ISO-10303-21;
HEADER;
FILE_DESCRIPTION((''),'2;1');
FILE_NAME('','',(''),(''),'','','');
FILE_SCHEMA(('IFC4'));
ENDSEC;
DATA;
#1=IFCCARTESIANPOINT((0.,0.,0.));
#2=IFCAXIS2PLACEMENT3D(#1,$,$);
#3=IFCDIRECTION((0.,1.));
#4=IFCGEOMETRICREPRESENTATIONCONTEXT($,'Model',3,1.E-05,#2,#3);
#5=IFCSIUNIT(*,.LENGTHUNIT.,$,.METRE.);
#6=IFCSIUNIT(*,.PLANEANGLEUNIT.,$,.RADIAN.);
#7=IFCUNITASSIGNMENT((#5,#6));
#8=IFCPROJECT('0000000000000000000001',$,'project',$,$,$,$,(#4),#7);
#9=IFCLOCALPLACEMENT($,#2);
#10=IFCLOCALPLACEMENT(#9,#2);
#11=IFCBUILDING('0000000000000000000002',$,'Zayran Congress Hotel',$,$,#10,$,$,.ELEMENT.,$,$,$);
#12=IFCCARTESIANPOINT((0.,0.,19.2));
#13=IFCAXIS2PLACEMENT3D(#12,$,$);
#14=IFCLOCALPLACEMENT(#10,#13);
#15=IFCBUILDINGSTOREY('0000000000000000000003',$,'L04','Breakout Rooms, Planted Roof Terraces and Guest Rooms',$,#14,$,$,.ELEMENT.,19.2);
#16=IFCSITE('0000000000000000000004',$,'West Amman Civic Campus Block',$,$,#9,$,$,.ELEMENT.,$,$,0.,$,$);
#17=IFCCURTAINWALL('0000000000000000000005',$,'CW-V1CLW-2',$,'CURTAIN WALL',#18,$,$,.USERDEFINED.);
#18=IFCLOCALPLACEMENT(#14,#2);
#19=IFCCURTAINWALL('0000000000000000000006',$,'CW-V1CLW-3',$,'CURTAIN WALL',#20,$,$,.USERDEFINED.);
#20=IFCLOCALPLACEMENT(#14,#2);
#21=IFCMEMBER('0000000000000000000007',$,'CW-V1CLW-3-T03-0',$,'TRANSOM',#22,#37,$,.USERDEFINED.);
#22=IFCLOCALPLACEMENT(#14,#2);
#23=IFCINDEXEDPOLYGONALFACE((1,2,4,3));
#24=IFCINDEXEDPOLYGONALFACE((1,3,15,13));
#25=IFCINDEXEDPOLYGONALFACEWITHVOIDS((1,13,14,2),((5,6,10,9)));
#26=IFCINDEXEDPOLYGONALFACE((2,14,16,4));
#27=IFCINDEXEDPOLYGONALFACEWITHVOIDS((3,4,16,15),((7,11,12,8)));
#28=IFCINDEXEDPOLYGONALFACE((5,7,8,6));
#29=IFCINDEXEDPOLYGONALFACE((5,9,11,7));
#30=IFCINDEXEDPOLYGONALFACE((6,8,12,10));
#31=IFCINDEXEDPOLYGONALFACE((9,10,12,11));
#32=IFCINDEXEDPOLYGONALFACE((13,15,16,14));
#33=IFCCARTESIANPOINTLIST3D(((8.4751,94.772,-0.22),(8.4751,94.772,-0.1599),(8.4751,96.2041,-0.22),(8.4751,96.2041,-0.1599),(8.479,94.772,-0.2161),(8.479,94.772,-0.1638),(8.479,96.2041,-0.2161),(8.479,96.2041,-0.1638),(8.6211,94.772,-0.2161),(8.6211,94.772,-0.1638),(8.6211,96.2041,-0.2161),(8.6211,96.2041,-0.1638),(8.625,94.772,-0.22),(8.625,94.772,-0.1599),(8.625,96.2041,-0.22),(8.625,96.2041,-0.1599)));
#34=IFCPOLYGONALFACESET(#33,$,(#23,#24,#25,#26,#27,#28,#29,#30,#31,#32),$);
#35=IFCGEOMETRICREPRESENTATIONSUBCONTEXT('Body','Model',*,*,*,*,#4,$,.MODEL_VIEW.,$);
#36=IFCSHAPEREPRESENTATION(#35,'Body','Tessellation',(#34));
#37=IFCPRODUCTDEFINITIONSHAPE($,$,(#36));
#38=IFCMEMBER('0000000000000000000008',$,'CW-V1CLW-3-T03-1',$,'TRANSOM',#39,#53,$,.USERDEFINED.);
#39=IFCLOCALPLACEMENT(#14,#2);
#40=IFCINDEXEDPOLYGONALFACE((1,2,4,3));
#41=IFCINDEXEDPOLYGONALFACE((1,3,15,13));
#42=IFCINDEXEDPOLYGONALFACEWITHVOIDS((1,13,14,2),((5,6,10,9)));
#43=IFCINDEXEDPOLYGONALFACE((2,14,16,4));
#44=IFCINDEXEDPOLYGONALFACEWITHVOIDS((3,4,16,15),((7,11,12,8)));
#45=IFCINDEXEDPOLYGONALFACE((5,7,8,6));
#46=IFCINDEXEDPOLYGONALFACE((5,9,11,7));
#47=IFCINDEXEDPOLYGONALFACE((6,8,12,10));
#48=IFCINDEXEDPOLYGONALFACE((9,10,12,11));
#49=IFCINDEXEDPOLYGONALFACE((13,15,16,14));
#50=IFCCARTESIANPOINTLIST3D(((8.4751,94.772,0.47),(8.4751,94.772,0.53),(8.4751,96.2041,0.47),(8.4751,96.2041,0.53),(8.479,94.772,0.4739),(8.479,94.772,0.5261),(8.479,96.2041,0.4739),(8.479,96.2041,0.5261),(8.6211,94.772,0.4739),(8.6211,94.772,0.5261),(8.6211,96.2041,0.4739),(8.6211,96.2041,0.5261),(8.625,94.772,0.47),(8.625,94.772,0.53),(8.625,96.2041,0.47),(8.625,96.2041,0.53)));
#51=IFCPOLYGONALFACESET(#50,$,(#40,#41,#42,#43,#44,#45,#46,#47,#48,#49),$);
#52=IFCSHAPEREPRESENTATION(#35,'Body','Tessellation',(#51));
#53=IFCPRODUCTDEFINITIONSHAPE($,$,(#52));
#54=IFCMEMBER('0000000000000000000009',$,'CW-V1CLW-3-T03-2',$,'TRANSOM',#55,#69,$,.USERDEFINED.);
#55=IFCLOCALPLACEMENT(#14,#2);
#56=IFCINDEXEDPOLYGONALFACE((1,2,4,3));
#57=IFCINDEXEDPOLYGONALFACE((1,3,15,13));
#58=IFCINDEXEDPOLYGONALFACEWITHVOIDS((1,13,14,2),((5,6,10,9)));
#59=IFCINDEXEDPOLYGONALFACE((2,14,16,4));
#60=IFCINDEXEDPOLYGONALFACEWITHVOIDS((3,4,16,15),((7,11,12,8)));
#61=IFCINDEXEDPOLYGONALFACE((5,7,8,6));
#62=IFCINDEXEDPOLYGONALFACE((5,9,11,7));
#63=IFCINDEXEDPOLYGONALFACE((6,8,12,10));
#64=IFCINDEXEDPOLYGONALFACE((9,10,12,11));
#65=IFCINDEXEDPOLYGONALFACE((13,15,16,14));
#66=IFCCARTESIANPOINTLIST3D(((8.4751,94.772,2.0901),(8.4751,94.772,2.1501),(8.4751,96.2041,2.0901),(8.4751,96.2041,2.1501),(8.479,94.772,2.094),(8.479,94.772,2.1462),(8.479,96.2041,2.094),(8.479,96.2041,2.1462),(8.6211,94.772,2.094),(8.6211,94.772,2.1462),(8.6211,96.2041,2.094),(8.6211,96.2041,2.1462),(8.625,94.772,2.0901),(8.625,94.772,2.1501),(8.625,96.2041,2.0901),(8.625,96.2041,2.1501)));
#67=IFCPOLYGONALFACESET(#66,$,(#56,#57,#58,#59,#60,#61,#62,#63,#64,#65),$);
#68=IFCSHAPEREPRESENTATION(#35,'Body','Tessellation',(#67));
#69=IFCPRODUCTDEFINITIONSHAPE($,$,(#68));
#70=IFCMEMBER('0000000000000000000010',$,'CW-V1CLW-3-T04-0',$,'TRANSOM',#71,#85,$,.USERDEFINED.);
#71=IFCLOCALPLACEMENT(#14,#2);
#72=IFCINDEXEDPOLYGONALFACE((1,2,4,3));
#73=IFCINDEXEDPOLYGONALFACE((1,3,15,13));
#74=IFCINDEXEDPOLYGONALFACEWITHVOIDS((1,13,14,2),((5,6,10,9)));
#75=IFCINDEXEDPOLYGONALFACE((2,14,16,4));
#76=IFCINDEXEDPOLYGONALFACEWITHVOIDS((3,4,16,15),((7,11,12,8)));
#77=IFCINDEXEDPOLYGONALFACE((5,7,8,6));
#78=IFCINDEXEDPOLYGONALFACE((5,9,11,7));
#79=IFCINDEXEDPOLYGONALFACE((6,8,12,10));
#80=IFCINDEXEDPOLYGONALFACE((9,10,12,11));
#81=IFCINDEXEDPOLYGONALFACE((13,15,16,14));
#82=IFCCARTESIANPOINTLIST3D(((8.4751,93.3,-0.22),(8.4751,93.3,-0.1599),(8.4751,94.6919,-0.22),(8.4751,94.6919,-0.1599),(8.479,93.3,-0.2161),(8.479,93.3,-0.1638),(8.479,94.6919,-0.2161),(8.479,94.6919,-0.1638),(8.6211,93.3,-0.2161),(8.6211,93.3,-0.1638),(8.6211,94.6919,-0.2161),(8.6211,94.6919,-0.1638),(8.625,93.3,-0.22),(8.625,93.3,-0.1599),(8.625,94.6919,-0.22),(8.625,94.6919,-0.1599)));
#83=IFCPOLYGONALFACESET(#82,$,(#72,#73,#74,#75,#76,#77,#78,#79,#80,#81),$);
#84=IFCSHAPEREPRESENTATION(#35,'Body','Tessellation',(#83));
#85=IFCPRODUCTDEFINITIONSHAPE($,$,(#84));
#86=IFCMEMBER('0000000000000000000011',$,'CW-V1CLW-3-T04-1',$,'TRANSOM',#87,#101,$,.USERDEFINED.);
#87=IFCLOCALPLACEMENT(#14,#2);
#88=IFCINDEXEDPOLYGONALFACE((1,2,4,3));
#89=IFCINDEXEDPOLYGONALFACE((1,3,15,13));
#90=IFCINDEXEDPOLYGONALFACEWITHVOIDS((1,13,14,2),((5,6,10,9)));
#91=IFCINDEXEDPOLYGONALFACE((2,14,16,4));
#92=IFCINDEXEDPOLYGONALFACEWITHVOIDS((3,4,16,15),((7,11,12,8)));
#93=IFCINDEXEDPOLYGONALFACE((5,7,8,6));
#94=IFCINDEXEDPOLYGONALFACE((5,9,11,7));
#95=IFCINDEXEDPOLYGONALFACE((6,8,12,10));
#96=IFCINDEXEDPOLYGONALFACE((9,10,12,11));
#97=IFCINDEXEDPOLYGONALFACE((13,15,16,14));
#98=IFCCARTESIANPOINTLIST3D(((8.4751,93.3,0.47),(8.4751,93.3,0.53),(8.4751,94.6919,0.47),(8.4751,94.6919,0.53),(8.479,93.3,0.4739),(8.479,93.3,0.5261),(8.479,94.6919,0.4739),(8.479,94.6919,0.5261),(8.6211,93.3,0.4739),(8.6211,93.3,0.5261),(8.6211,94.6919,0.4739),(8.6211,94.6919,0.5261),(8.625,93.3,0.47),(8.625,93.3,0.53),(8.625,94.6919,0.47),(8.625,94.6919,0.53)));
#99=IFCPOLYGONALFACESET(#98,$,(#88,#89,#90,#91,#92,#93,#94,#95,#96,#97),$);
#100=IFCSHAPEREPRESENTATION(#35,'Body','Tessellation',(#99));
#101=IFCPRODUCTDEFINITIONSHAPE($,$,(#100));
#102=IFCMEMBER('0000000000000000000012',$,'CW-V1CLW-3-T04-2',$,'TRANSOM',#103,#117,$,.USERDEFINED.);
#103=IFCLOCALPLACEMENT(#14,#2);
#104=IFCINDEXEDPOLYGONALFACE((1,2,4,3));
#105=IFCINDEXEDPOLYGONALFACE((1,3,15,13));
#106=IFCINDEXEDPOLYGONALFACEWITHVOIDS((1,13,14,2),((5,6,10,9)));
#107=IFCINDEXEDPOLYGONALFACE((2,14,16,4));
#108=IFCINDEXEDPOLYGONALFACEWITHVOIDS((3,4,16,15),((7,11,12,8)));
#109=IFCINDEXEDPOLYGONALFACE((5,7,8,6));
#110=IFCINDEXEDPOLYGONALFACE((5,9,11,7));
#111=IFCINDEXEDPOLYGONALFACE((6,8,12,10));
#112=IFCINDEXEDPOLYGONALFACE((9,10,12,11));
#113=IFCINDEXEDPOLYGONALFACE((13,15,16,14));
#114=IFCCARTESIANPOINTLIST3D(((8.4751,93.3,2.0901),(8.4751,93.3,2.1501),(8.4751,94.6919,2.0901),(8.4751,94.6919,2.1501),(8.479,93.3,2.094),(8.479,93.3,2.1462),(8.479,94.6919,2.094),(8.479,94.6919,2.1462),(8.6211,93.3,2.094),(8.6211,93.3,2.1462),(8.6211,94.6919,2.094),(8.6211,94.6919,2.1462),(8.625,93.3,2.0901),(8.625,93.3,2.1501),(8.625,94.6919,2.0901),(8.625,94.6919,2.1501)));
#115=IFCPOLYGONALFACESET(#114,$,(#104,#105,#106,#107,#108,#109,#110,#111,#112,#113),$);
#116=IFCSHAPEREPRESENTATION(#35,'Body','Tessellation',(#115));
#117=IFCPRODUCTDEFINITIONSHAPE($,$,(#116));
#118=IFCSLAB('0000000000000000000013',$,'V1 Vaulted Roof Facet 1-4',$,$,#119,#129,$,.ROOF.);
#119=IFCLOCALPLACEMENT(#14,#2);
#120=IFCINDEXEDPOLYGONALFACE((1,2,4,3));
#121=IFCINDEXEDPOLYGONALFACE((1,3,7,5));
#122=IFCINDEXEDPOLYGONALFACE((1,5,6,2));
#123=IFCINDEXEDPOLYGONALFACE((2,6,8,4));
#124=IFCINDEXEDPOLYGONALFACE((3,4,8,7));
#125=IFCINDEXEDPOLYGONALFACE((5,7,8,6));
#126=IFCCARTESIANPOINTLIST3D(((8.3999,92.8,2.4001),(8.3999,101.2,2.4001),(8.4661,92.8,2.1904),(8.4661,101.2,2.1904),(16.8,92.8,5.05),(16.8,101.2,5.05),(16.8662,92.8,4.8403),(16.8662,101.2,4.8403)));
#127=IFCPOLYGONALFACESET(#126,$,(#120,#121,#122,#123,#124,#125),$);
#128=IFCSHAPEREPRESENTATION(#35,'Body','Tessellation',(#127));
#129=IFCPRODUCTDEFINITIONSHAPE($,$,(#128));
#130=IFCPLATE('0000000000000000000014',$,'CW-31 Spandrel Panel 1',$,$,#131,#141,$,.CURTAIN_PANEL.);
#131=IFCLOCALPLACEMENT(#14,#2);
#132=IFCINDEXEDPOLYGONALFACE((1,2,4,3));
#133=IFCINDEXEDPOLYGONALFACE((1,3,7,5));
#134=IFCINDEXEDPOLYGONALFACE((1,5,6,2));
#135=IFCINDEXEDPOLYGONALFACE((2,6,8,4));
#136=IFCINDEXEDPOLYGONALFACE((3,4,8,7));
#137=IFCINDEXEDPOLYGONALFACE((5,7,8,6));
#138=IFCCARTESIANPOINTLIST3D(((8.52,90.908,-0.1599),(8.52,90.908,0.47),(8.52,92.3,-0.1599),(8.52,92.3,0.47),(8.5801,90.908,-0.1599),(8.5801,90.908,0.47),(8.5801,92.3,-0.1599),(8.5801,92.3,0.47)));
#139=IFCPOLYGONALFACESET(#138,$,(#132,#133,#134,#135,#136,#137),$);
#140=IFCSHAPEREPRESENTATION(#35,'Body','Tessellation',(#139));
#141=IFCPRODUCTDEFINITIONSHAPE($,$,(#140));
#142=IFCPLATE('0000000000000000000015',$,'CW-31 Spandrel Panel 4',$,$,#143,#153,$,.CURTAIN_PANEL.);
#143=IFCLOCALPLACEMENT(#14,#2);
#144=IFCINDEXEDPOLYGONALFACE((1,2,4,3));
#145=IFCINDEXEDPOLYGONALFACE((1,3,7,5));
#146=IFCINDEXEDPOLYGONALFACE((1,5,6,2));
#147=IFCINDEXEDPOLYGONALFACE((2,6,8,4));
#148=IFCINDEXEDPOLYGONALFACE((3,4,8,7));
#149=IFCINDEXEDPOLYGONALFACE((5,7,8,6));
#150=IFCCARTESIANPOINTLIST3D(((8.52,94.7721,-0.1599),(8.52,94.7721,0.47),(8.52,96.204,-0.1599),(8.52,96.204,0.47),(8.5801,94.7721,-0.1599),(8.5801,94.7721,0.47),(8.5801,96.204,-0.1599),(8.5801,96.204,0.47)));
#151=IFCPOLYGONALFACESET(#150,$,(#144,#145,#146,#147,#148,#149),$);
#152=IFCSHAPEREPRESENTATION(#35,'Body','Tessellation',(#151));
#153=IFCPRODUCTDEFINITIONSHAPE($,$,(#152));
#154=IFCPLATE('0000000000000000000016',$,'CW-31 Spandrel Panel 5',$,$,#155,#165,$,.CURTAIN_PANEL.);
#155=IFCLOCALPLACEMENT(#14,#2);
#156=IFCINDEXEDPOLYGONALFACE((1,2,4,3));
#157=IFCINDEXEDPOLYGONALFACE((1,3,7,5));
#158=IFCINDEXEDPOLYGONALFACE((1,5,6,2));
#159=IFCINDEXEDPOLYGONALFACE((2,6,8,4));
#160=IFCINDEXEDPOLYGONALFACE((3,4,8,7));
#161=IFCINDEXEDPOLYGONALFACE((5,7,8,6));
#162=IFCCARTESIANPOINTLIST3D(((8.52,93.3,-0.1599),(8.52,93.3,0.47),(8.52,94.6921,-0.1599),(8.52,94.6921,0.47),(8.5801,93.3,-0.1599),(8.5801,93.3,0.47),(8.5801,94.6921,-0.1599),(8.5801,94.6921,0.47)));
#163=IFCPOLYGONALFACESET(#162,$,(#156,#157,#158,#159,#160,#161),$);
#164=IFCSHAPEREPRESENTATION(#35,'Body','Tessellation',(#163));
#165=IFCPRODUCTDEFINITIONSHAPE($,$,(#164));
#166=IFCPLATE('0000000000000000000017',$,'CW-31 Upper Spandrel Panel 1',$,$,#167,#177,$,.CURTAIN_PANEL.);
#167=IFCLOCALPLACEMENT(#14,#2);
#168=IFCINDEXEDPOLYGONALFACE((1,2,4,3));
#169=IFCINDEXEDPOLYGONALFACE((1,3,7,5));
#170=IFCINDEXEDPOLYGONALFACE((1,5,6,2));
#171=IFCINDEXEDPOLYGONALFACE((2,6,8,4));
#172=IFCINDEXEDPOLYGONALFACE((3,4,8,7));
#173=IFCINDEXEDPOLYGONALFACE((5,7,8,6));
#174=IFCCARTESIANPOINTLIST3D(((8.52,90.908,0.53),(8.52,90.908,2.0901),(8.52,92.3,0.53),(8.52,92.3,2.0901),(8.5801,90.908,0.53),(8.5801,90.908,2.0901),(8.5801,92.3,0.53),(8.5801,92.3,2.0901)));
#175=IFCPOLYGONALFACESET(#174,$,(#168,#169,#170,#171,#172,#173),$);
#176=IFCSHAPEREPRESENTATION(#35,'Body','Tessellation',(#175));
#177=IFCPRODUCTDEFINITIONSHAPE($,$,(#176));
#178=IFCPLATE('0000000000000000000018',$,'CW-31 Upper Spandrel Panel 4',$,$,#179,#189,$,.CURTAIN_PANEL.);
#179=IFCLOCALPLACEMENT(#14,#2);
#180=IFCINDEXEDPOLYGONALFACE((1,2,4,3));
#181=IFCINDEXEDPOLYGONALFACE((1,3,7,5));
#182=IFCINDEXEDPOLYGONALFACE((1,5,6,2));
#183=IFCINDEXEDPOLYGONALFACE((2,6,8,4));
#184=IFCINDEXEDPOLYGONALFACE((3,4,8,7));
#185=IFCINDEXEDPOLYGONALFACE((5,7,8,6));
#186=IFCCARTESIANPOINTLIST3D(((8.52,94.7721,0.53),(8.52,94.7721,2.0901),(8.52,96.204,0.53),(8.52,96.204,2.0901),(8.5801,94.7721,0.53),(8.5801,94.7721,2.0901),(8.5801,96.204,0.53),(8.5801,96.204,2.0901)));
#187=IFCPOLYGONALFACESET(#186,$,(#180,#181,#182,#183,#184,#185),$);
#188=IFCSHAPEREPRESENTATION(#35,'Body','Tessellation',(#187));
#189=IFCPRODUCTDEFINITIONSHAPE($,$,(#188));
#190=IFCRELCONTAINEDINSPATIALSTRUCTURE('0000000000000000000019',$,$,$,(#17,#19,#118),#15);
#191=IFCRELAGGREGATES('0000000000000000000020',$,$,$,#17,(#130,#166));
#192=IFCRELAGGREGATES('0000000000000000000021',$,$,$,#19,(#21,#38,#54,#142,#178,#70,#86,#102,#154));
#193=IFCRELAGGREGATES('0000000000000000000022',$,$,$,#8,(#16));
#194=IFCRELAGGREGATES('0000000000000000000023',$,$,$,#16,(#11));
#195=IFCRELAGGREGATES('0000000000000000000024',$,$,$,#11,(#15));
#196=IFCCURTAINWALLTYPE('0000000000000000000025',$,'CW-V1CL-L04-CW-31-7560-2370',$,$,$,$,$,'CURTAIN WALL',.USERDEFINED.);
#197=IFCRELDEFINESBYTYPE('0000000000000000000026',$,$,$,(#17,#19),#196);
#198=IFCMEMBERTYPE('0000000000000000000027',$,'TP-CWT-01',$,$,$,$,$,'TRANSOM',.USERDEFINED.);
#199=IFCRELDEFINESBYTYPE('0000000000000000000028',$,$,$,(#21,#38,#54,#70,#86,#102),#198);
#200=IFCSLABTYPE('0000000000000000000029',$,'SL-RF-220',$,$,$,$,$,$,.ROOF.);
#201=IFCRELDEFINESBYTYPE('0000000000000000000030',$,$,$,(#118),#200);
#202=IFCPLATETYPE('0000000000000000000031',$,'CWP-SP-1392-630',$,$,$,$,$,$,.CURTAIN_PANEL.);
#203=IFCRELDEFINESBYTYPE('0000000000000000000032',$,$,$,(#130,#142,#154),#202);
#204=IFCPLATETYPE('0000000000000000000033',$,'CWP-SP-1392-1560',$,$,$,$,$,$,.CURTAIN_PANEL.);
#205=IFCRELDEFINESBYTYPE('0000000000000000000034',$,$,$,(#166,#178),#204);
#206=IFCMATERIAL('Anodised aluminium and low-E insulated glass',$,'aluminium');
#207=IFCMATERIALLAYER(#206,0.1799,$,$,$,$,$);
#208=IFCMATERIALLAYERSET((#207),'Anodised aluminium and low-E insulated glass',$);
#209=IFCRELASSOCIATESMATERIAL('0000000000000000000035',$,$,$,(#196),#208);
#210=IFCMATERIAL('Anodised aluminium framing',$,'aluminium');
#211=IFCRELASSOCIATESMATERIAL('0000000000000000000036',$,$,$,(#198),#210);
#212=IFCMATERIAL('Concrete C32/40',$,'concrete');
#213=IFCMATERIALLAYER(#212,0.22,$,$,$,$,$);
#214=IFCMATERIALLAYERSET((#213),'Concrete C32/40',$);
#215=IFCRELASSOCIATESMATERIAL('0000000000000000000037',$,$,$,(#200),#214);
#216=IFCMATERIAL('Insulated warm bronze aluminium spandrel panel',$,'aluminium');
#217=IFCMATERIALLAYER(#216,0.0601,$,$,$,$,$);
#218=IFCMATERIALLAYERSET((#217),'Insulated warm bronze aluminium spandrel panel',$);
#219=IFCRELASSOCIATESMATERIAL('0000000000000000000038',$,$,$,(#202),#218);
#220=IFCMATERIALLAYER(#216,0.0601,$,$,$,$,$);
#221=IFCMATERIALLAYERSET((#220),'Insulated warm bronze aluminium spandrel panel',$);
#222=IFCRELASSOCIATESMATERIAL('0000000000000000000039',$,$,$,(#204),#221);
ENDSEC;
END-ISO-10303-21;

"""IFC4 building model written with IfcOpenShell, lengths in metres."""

from ifc_helpers import new_model, si_unit, direction, frame, origin, origin_2d, place, context, subcontext, project, spatial, polyline, rectangle, hollow_rectangle, outline, extrude, material, layer, layer_set, material_profile, profile_set, type_object, element, aggregate, save


model = new_model("IFC4")

# Units and contexts
model_context = context("Model", 3, precision=1e-05, world=origin(), true_north=direction((0.0, 1.0)))
body_context = subcontext(model_context, "Body", "Model", "MODEL_VIEW")
ifc_project = project(units=[si_unit("LENGTHUNIT", "METRE"), si_unit("PLANEANGLEUNIT", "RADIAN")], contexts=[model_context])

# Site, building, storey
site_placement = place(None, origin())
site = spatial("IfcSite", under=ifc_project, at=site_placement, Name="West Amman Civic Campus Block", CompositionType="ELEMENT", RefElevation=0.0)
building_placement = place(site_placement, origin())
building = spatial("IfcBuilding", under=site, at=building_placement, Name="Zayran Congress Hotel", CompositionType="ELEMENT")
storey_placement = place(building_placement, frame((0.0, 0.0, 19.2)))
storey = spatial("IfcBuildingStorey", under=building, at=storey_placement, Name="L04", Description="Breakout Rooms, Planted Roof Terraces and Guest Rooms", CompositionType="ELEMENT", Elevation=19.2)

# Curtain walls
ifc_material_1 = material(Name="Anodised aluminium and low-E insulated glass", Category="aluminium")
ifc_layer_1 = layer(ifc_material_1, 0.1799)
ifc_layer_set_1 = layer_set([ifc_layer_1], Name="Anodised aluminium and low-E insulated glass")
curtain_wall_type = type_object("IfcCurtainWallType", Name="CW-V1CL-L04-CW-31-7560-2370", ElementType="CURTAIN WALL", PredefinedType="USERDEFINED", material=ifc_layer_set_1)
curtain_wall_1_placement = place(storey_placement, origin())
curtain_wall_1 = element("IfcCurtainWall", 1, at=curtain_wall_1_placement, inside=storey, type_object=curtain_wall_type, Name="CW-V1CLW-2", ObjectType="CURTAIN WALL", PredefinedType="USERDEFINED")
ifc_material_2 = material(Name="Anodised aluminium framing", Category="aluminium")
curtain_wall_2_placement = place(storey_placement, origin())
curtain_wall_2 = element("IfcCurtainWall", 2, at=curtain_wall_2_placement, inside=storey, type_object=curtain_wall_type, Name="CW-V1CLW-3", ObjectType="CURTAIN WALL", PredefinedType="USERDEFINED")

# Members
ifc_material_profile_1 = material_profile(ifc_material_2, hollow_rectangle(XDim=0.0601, YDim=0.1499, WallThickness=0.0039, at=origin_2d()), Name="RHS 150x60x4")
ifc_profile_set_1 = profile_set([ifc_material_profile_1], Name="Anodised aluminium framing")
member_type_1 = type_object("IfcMemberType", Name="TP-CWT-01", ElementType="TRANSOM", PredefinedType="USERDEFINED", material=ifc_profile_set_1)
member_1_placement = place(storey_placement, frame((8.55, 96.2041, -0.1899), z_axis=(0.0, -1.0, 0.0), x_axis=(0.0, 0.0, 1.0)))
member_1 = element("IfcMember", 3, at=member_1_placement, type_object=member_type_1, Name="CW-V1CLW-3-T03-0", ObjectType="TRANSOM", PredefinedType="USERDEFINED", context=body_context, shape_type="SweptSolid", body=[
    extrude(hollow_rectangle(XDim=0.0601, YDim=0.1499, WallThickness=0.0039, at=origin_2d()), origin(), (0.0, 0.0, 1.0), 1.4321),
])
member_2_placement = place(storey_placement, frame((8.55, 96.2041, 0.5), z_axis=(0.0, -1.0, 0.0), x_axis=(0.0, 0.0, 1.0)))
member_2 = element("IfcMember", 4, at=member_2_placement, type_object=member_type_1, Name="CW-V1CLW-3-T03-1", ObjectType="TRANSOM", PredefinedType="USERDEFINED", context=body_context, shape_type="SweptSolid", body=[
    extrude(hollow_rectangle(XDim=0.0601, YDim=0.1499, WallThickness=0.0039, at=origin_2d()), origin(), (0.0, 0.0, 1.0), 1.4321),
])
member_3_placement = place(storey_placement, frame((8.55, 96.2041, 2.1201), z_axis=(0.0, -1.0, 0.0), x_axis=(0.0, 0.0, 1.0)))
member_3 = element("IfcMember", 5, at=member_3_placement, type_object=member_type_1, Name="CW-V1CLW-3-T03-2", ObjectType="TRANSOM", PredefinedType="USERDEFINED", context=body_context, shape_type="SweptSolid", body=[
    extrude(hollow_rectangle(XDim=0.0601, YDim=0.1499, WallThickness=0.0039, at=origin_2d()), origin(), (0.0, 0.0, 1.0), 1.4321),
])
member_4_placement = place(storey_placement, frame((8.55, 94.6919, -0.1899), z_axis=(0.0, -1.0, 0.0), x_axis=(0.0, 0.0, 1.0)))
member_4 = element("IfcMember", 6, at=member_4_placement, type_object=member_type_1, Name="CW-V1CLW-3-T04-0", ObjectType="TRANSOM", PredefinedType="USERDEFINED", context=body_context, shape_type="SweptSolid", body=[
    extrude(hollow_rectangle(XDim=0.0601, YDim=0.1499, WallThickness=0.0039, at=origin_2d()), origin(), (0.0, 0.0, 1.0), 1.3918),
])
member_5_placement = place(storey_placement, frame((8.55, 94.6919, 0.5), z_axis=(0.0, -1.0, 0.0), x_axis=(0.0, 0.0, 1.0)))
member_5 = element("IfcMember", 7, at=member_5_placement, type_object=member_type_1, Name="CW-V1CLW-3-T04-1", ObjectType="TRANSOM", PredefinedType="USERDEFINED", context=body_context, shape_type="SweptSolid", body=[
    extrude(hollow_rectangle(XDim=0.0601, YDim=0.1499, WallThickness=0.0039, at=origin_2d()), origin(), (0.0, 0.0, 1.0), 1.3918),
])
member_6_placement = place(storey_placement, frame((8.55, 94.6919, 2.1201), z_axis=(0.0, -1.0, 0.0), x_axis=(0.0, 0.0, 1.0)))
member_6 = element("IfcMember", 8, at=member_6_placement, type_object=member_type_1, Name="CW-V1CLW-3-T04-2", ObjectType="TRANSOM", PredefinedType="USERDEFINED", context=body_context, shape_type="SweptSolid", body=[
    extrude(hollow_rectangle(XDim=0.0601, YDim=0.1499, WallThickness=0.0039, at=origin_2d()), origin(), (0.0, 0.0, 1.0), 1.3918),
])

# Slab
ifc_material_3 = material(Name="Concrete C32/40", Category="concrete")
ifc_layer_2 = layer(ifc_material_3, 0.22)
ifc_layer_set_2 = layer_set([ifc_layer_2], Name="Concrete C32/40")
slab_type = type_object("IfcSlabType", Name="SL-RF-220", PredefinedType="ROOF", material=ifc_layer_set_2)
slab_placement = place(storey_placement, frame((8.3999, 92.8, 2.4001), z_axis=(-0.300845, 0.0, 0.953673), x_axis=(0.953673, 0.0, 0.300845)))
element("IfcSlab", 9, at=slab_placement, inside=storey, type_object=slab_type, Name="V1 Vaulted Roof Facet 1-4", PredefinedType="ROOF", context=body_context, shape_type="SweptSolid", body=[
    extrude(outline(polyline([(0.0, 0.0), (8.8082, 0.0), (8.8082, 8.3999), (0.0, 8.3999), (0.0, 0.0)])), origin(), (0.0, 0.0, -1.0), 0.22),
])

# Plates
ifc_material_4 = material(Name="Insulated warm bronze aluminium spandrel panel", Category="aluminium")
ifc_layer_3 = layer(ifc_material_4, 0.0601)
ifc_layer_set_3 = layer_set([ifc_layer_3], Name="Insulated warm bronze aluminium spandrel panel")
plate_type_1 = type_object("IfcPlateType", Name="CWP-SP-1392-630", PredefinedType="CURTAIN_PANEL", material=ifc_layer_set_3)
plate_1_placement = place(storey_placement, frame((8.55, 91.604, -0.1599), z_axis=(0.0, 0.0, 1.0), x_axis=(0.0, 1.0, 0.0)))
plate_1 = element("IfcPlate", 10, at=plate_1_placement, type_object=plate_type_1, Name="CW-31 Spandrel Panel 1", PredefinedType="CURTAIN_PANEL", context=body_context, shape_type="SweptSolid", body=[
    extrude(rectangle(XDim=1.3921, YDim=0.0601, at=origin_2d()), origin(), (0.0, 0.0, 1.0), 0.6299),
])
plate_2_placement = place(storey_placement, frame((8.55, 95.488, -0.1599), z_axis=(0.0, 0.0, 1.0), x_axis=(0.0, 1.0, 0.0)))
plate_2 = element("IfcPlate", 11, at=plate_2_placement, type_object=plate_type_1, Name="CW-31 Spandrel Panel 4", PredefinedType="CURTAIN_PANEL", context=body_context, shape_type="SweptSolid", body=[
    extrude(rectangle(XDim=1.4319, YDim=0.0601, at=origin_2d()), origin(), (0.0, 0.0, 1.0), 0.6299),
])
plate_3_placement = place(storey_placement, frame((8.55, 93.9961, -0.1599), z_axis=(0.0, 0.0, 1.0), x_axis=(0.0, 1.0, 0.0)))
plate_3 = element("IfcPlate", 12, at=plate_3_placement, type_object=plate_type_1, Name="CW-31 Spandrel Panel 5", PredefinedType="CURTAIN_PANEL", context=body_context, shape_type="SweptSolid", body=[
    extrude(rectangle(XDim=1.3921, YDim=0.0601, at=origin_2d()), origin(), (0.0, 0.0, 1.0), 0.6299),
])
ifc_layer_4 = layer(ifc_material_4, 0.0601)
ifc_layer_set_4 = layer_set([ifc_layer_4], Name="Insulated warm bronze aluminium spandrel panel")
plate_type_2 = type_object("IfcPlateType", Name="CWP-SP-1392-1560", PredefinedType="CURTAIN_PANEL", material=ifc_layer_set_4)
plate_4_placement = place(storey_placement, frame((8.55, 91.604, 0.53), z_axis=(0.0, 0.0, 1.0), x_axis=(0.0, 1.0, 0.0)))
plate_4 = element("IfcPlate", 13, at=plate_4_placement, type_object=plate_type_2, Name="CW-31 Upper Spandrel Panel 1", PredefinedType="CURTAIN_PANEL", context=body_context, shape_type="SweptSolid", body=[
    extrude(rectangle(XDim=1.3921, YDim=0.0601, at=origin_2d()), origin(), (0.0, 0.0, 1.0), 1.5601),
])
aggregate(curtain_wall_1, [plate_1, plate_4])
plate_5_placement = place(storey_placement, frame((8.55, 95.488, 0.53), z_axis=(0.0, 0.0, 1.0), x_axis=(0.0, 1.0, 0.0)))
plate_5 = element("IfcPlate", 14, at=plate_5_placement, type_object=plate_type_2, Name="CW-31 Upper Spandrel Panel 4", PredefinedType="CURTAIN_PANEL", context=body_context, shape_type="SweptSolid", body=[
    extrude(rectangle(XDim=1.4319, YDim=0.0601, at=origin_2d()), origin(), (0.0, 0.0, 1.0), 1.5601),
])
aggregate(curtain_wall_2, [member_1, member_2, member_3, plate_2, plate_5, member_4, member_5, member_6, plate_3])

save(model, "model.ifc")
